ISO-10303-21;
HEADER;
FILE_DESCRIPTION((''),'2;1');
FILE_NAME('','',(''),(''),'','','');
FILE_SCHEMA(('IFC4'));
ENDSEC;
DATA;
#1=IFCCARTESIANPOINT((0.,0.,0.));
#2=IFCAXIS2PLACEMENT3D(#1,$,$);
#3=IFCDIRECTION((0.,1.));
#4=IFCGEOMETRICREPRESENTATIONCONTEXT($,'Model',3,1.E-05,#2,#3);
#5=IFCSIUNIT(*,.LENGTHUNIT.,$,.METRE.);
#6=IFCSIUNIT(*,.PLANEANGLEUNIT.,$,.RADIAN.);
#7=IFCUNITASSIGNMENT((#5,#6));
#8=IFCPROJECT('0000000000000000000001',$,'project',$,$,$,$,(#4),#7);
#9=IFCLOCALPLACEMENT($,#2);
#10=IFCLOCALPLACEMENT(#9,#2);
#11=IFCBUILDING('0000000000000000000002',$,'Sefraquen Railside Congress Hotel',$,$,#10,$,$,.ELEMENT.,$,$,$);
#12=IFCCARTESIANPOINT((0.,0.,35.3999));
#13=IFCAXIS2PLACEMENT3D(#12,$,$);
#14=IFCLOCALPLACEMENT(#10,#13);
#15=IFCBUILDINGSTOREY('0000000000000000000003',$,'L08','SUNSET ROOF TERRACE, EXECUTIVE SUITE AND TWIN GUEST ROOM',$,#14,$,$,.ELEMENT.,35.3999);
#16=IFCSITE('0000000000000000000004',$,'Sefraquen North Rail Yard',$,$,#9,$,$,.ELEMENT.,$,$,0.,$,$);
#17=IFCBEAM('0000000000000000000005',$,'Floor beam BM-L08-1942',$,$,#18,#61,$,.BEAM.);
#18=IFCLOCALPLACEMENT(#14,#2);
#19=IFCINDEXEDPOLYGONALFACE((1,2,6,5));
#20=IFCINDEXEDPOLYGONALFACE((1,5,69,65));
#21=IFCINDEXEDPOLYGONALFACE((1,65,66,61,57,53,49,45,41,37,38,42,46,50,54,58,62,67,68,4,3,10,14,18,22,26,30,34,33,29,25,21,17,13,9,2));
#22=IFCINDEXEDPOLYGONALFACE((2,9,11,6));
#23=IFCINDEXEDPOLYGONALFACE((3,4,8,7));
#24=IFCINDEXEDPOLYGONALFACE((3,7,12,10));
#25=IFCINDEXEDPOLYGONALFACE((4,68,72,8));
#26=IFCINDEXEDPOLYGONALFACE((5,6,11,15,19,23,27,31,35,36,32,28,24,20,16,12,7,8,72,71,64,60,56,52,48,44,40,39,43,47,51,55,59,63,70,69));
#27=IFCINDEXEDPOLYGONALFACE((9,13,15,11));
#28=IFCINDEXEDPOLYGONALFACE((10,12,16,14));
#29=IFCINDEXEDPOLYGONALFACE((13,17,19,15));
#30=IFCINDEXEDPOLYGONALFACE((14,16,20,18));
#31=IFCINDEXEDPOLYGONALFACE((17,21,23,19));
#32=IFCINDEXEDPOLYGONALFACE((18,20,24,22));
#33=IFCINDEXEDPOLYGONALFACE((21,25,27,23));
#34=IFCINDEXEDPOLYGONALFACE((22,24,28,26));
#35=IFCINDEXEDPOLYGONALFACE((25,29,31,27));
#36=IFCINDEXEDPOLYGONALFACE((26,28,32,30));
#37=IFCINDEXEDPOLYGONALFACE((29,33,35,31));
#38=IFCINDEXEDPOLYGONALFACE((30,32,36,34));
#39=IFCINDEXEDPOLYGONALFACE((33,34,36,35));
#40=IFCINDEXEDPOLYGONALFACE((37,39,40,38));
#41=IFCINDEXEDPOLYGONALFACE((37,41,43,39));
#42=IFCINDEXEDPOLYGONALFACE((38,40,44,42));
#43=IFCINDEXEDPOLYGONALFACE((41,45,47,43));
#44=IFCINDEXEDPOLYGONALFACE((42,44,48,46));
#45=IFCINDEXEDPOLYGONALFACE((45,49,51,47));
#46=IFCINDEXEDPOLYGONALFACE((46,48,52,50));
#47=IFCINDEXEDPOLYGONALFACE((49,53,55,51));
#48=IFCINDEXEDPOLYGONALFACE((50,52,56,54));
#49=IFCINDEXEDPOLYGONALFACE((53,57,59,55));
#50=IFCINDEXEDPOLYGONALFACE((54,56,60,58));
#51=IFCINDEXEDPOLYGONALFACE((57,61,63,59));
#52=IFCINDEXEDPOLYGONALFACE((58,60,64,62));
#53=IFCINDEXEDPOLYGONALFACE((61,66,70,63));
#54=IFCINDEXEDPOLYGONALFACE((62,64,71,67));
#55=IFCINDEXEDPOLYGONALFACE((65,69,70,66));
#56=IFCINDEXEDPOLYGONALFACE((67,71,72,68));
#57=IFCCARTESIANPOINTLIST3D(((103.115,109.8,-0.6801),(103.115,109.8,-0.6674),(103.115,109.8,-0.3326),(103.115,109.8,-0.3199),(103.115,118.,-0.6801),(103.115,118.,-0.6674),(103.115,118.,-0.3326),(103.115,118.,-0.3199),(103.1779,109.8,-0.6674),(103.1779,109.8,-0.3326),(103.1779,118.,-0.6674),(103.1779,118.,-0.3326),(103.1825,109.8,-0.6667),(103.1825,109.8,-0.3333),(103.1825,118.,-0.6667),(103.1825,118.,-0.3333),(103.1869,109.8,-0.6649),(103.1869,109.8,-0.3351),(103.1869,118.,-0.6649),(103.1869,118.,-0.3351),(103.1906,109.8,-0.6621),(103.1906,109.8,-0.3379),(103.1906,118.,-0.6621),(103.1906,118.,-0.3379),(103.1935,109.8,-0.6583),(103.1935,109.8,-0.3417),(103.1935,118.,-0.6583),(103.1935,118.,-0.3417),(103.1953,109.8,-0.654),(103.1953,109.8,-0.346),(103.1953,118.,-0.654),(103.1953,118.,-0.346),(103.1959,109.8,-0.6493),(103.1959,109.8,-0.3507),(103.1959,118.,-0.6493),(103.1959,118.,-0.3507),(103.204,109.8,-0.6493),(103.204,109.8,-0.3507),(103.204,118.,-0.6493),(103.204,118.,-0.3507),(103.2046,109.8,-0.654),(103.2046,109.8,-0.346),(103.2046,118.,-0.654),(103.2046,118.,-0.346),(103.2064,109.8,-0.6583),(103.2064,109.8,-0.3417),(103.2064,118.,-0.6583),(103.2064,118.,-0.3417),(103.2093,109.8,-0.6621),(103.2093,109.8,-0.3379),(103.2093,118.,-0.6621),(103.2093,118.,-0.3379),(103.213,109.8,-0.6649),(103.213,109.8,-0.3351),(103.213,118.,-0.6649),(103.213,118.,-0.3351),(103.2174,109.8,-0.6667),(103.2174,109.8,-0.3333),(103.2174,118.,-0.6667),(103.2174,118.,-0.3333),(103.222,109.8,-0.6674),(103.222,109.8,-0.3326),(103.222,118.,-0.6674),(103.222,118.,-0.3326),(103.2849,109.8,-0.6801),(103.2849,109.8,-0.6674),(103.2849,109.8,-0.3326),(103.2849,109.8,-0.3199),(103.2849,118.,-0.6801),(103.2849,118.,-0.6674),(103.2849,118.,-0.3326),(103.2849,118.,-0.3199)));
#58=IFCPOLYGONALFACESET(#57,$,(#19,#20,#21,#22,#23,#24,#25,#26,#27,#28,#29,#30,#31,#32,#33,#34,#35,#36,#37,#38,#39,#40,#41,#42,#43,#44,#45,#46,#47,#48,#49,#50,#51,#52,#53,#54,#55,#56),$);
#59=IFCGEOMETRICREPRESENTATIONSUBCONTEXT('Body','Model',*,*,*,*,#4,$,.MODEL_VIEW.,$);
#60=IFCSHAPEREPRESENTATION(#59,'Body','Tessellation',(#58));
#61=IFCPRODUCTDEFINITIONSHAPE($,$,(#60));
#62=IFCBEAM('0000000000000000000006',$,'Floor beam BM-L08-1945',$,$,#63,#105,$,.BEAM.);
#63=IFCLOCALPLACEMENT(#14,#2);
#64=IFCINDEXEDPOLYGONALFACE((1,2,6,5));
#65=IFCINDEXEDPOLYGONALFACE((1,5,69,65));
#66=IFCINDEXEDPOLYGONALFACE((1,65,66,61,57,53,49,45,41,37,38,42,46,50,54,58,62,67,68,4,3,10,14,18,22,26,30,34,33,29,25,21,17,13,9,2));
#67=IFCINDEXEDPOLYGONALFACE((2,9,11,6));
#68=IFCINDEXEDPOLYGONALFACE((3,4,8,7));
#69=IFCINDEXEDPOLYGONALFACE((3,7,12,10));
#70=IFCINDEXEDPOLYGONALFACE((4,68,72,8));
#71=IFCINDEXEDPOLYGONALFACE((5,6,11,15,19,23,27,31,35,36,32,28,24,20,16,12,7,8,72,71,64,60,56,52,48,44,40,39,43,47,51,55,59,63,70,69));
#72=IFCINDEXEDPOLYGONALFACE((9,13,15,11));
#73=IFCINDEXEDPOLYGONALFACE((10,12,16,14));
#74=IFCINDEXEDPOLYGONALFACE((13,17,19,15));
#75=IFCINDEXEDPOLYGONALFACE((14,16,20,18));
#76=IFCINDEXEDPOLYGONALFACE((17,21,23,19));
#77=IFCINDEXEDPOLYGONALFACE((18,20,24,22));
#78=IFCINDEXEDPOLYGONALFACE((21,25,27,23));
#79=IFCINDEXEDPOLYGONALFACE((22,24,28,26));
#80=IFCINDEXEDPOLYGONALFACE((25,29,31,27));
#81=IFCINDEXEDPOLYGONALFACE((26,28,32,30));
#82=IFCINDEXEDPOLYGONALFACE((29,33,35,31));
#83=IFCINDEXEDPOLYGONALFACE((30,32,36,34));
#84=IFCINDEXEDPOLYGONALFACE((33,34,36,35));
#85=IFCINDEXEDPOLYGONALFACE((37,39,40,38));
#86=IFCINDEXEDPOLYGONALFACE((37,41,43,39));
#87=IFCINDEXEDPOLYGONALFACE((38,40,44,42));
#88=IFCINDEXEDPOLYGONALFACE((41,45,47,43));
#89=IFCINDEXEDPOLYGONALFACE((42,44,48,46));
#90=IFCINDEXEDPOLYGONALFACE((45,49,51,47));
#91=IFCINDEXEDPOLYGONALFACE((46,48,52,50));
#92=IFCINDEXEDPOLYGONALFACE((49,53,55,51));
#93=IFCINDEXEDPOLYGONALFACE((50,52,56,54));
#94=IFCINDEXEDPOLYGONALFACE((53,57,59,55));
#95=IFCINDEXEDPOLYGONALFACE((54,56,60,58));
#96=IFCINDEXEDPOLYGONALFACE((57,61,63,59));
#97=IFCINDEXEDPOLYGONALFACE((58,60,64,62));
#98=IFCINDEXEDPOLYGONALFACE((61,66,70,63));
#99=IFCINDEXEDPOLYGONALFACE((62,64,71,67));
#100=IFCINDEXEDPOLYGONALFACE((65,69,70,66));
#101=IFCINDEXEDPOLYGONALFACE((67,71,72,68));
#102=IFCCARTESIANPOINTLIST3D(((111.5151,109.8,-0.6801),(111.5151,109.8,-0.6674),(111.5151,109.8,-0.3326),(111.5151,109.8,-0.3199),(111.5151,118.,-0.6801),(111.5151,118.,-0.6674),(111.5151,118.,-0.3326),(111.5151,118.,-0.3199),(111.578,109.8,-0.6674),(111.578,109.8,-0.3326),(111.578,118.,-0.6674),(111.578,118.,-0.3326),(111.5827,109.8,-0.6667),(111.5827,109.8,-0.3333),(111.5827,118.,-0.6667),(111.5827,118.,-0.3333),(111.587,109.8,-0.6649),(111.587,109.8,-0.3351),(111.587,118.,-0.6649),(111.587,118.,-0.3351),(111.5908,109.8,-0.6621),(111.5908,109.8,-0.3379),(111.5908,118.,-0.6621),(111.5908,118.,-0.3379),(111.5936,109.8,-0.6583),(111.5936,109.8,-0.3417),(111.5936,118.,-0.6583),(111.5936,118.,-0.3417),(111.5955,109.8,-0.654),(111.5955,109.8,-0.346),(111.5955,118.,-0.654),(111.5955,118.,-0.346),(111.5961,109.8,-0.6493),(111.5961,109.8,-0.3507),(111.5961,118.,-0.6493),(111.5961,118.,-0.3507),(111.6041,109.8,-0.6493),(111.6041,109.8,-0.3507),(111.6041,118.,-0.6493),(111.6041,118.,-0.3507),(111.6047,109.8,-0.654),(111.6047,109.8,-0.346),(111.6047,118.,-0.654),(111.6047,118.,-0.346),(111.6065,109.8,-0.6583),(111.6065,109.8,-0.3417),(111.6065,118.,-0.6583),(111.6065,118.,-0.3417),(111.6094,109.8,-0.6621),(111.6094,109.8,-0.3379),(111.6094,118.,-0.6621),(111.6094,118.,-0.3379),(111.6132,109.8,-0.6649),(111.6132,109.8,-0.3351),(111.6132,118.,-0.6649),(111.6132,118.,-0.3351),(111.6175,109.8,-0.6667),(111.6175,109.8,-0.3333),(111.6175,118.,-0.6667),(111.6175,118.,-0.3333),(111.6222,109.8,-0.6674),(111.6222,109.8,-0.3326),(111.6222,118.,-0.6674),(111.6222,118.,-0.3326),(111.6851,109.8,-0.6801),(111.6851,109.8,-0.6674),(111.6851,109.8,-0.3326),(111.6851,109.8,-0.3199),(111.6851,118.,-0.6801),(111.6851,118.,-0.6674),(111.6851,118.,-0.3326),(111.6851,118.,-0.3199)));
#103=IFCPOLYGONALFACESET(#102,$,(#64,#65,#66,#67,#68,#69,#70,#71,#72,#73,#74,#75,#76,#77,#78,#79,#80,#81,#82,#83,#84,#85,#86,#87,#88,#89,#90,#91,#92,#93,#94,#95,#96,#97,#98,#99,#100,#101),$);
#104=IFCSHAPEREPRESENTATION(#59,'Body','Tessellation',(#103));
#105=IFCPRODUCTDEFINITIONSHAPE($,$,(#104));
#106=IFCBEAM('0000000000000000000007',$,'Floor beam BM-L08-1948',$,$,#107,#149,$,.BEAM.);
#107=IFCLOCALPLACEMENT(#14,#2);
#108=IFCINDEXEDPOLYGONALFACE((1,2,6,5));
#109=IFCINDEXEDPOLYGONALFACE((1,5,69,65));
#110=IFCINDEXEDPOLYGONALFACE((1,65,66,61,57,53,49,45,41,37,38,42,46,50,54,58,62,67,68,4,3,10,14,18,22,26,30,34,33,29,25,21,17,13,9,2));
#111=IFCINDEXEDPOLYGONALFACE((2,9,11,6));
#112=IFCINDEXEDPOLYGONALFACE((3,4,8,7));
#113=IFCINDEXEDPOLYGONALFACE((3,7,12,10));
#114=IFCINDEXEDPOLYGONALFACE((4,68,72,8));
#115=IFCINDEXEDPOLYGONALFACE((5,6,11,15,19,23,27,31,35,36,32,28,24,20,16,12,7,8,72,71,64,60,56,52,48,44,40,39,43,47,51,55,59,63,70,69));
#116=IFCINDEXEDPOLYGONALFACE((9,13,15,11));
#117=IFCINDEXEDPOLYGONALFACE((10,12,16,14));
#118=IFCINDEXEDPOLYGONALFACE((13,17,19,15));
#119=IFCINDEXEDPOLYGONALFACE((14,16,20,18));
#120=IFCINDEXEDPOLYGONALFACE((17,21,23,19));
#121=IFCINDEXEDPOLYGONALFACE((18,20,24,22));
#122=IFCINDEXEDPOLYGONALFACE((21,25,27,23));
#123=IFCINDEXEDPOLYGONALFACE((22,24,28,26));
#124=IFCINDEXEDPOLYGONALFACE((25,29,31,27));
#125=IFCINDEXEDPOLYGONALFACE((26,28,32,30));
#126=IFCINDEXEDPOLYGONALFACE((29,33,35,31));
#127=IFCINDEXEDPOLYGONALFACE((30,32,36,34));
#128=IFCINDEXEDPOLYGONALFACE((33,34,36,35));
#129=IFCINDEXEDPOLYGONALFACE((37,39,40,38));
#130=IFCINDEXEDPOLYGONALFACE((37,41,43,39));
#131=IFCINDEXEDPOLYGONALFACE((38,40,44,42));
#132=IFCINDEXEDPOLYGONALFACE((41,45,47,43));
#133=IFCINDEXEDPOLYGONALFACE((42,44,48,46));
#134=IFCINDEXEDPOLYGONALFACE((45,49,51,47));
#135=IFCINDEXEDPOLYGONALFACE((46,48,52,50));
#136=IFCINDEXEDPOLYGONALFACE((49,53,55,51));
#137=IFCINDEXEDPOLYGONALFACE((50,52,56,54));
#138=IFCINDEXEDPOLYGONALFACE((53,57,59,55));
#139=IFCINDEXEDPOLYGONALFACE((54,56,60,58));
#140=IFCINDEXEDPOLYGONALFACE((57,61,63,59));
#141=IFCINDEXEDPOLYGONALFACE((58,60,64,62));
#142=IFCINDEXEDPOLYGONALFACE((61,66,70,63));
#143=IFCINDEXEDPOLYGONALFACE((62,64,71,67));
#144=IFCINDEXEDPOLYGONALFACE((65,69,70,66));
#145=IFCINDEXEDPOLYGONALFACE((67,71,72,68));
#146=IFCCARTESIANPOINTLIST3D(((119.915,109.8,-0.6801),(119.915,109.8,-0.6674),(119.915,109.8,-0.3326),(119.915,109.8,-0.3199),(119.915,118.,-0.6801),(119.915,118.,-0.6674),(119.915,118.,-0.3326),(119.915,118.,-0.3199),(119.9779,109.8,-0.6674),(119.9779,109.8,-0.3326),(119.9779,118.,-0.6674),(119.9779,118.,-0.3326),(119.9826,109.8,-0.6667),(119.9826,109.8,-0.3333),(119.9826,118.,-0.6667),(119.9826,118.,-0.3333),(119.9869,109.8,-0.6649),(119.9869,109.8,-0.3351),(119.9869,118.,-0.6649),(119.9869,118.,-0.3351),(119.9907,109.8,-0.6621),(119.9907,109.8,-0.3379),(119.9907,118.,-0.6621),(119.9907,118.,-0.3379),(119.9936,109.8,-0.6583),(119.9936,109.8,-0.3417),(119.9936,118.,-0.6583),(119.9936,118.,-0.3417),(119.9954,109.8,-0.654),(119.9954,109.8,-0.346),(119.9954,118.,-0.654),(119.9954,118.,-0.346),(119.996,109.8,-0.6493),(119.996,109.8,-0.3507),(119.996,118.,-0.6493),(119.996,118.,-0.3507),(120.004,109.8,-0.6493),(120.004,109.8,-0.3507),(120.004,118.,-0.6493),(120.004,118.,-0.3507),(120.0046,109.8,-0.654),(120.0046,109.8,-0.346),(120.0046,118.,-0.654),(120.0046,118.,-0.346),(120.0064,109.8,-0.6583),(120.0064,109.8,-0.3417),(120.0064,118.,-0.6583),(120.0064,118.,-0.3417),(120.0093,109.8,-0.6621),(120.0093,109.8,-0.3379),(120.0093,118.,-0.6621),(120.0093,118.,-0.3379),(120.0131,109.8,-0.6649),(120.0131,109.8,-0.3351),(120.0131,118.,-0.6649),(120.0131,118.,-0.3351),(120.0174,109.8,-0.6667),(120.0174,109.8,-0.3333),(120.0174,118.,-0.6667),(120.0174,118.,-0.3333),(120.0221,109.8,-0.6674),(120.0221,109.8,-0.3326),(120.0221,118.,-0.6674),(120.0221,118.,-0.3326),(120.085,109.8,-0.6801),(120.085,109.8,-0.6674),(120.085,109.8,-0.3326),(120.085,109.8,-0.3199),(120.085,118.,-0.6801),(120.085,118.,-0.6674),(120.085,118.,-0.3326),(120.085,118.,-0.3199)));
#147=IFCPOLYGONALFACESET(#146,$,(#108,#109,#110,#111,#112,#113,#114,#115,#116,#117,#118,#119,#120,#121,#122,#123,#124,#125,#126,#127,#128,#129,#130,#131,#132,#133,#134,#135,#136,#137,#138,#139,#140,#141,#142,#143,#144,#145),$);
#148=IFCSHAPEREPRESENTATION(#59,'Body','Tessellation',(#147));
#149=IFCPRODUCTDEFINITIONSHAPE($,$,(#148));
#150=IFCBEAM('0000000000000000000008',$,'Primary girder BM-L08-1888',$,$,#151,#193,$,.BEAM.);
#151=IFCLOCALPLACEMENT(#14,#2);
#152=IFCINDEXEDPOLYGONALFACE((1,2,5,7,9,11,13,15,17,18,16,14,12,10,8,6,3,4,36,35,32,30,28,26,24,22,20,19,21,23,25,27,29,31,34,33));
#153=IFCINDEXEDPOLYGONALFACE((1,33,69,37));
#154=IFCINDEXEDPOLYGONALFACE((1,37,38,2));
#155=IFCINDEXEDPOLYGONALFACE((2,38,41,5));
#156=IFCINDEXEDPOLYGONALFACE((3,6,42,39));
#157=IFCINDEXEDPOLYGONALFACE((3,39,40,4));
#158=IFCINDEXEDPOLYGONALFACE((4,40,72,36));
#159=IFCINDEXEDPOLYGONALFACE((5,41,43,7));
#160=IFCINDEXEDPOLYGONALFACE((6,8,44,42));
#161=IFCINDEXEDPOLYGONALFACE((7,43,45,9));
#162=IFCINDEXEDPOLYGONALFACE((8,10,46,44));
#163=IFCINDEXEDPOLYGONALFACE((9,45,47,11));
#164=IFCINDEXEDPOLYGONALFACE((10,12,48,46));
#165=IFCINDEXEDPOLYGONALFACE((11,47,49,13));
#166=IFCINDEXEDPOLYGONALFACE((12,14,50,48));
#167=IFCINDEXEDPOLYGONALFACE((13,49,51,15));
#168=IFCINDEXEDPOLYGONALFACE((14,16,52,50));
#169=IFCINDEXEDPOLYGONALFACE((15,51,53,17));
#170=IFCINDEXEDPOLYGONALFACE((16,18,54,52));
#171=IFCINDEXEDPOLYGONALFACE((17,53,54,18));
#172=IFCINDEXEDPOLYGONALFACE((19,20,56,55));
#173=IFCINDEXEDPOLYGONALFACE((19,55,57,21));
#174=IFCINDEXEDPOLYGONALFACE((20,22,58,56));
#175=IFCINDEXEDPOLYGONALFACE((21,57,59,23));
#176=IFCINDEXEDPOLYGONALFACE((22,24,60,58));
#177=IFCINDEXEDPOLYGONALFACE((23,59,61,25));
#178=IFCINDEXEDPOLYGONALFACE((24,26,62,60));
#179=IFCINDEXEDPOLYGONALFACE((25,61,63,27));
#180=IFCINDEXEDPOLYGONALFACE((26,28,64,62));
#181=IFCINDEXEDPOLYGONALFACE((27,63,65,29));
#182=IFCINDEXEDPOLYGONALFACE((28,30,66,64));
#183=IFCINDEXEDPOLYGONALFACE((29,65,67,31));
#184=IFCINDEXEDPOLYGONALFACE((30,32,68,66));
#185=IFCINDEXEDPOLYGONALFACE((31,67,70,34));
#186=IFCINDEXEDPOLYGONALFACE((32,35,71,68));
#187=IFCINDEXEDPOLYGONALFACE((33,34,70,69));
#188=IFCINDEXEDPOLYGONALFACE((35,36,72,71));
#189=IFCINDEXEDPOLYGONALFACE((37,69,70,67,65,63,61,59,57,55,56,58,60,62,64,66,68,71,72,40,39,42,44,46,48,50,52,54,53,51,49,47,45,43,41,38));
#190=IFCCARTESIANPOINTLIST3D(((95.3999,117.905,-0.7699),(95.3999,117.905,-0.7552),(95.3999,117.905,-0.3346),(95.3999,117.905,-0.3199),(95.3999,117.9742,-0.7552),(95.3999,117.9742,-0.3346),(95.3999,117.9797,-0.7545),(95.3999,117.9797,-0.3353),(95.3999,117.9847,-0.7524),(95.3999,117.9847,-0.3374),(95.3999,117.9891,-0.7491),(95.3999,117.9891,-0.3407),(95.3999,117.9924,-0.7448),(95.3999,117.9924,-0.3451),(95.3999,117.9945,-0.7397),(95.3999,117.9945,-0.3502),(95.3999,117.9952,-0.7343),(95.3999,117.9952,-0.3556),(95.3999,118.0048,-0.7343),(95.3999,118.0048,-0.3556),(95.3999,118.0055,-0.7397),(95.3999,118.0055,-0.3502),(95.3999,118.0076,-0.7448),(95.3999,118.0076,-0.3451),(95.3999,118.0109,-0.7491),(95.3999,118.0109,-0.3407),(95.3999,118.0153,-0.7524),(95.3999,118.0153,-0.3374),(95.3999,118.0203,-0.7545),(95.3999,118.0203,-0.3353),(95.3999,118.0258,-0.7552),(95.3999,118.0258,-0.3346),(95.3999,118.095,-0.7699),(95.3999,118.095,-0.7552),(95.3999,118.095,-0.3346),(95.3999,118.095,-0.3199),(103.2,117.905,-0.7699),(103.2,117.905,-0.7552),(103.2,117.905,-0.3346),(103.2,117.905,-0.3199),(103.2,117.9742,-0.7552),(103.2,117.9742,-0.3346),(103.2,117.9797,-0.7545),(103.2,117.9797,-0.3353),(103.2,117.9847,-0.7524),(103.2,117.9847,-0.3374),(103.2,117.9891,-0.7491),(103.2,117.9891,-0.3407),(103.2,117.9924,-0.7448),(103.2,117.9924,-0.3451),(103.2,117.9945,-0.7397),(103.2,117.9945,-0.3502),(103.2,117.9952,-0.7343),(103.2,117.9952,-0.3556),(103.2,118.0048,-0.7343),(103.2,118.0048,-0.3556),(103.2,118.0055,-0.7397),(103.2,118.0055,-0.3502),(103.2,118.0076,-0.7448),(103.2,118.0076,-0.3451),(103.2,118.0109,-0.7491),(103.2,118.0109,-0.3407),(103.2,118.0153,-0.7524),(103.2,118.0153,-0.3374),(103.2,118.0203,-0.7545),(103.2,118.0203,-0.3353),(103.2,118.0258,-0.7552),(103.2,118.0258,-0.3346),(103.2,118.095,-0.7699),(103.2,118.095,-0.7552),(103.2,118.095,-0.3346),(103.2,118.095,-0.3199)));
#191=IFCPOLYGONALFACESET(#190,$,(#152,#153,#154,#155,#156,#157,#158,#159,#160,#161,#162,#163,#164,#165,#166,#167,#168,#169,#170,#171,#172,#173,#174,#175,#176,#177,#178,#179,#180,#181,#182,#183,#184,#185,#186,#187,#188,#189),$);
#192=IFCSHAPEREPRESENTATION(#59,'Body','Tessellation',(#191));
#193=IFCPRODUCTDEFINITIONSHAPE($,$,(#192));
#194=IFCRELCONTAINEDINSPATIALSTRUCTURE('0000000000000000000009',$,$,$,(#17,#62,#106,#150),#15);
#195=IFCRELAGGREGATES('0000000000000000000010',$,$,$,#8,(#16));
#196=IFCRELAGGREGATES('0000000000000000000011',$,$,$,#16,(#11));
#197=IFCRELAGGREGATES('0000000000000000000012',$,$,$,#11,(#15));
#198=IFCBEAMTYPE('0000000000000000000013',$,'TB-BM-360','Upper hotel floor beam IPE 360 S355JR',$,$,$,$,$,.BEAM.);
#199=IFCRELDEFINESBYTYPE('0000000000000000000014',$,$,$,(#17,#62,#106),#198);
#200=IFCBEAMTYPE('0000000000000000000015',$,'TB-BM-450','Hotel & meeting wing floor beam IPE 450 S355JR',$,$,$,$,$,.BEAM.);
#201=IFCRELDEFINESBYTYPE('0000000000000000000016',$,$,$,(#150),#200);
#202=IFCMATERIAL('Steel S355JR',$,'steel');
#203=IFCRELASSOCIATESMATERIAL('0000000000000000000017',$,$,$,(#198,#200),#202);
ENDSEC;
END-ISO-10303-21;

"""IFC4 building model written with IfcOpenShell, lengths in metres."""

from ifc_helpers import new_model, si_unit, direction, frame, origin, origin_2d, place, context, subcontext, project, spatial, i_section, extrude, material, material_profile, profile_set, type_object, element, save


model = new_model("IFC4")

# Units and contexts
model_context = context("Model", 3, precision=1e-05, world=origin(), true_north=direction((0.0, 1.0)))
body_context = subcontext(model_context, "Body", "Model", "MODEL_VIEW")
ifc_project = project(units=[si_unit("LENGTHUNIT", "METRE"), si_unit("PLANEANGLEUNIT", "RADIAN")], contexts=[model_context])

# Site, building, storey
site_placement = place(None, origin())
site = spatial("IfcSite", under=ifc_project, at=site_placement, Name="Sefraquen North Rail Yard", CompositionType="ELEMENT", RefElevation=0.0)
building_placement = place(site_placement, origin())
building = spatial("IfcBuilding", under=site, at=building_placement, Name="Sefraquen Railside Congress Hotel", CompositionType="ELEMENT")
storey_placement = place(building_placement, frame((0.0, 0.0, 35.3999)))
storey = spatial("IfcBuildingStorey", under=building, at=storey_placement, Name="L08", Description="SUNSET ROOF TERRACE, EXECUTIVE SUITE AND TWIN GUEST ROOM", CompositionType="ELEMENT", Elevation=35.3999)

# Beams
ifc_material_1 = material(Name="Steel S355JR", Category="steel")
ifc_material_profile_1 = material_profile(ifc_material_1, i_section(OverallWidth=0.1699, OverallDepth=0.3601, WebThickness=0.0081, FlangeThickness=0.0127, FilletRadius=0.0181, at=origin_2d()), Name="IPE 360")
ifc_profile_set_1 = profile_set([ifc_material_profile_1], Name="Steel S355JR")
beam_type_1 = type_object("IfcBeamType", Name="TB-BM-360", Description="Upper hotel floor beam IPE 360 S355JR", PredefinedType="BEAM", material=ifc_profile_set_1)
for number, where, z_axis, x_axis, name in (
    (1, (103.2, 109.8, -0.5), (0.0, 1.0, 0.0), (-1.0, 0.0, 0.0), "Floor beam BM-L08-1942"),
    (2, (111.6001, 109.8, -0.5), (0.0, 1.0, 0.0), (-1.0, 0.0, 0.0), "Floor beam BM-L08-1945"),
    (3, (120.0, 109.8, -0.5), (0.0, 1.0, 0.0), (-1.0, 0.0, 0.0), "Floor beam BM-L08-1948"),
):
    element("IfcBeam", number, at=place(storey_placement, frame(where, z_axis=z_axis, x_axis=x_axis)), inside=storey, type_object=beam_type_1, Name=name, PredefinedType="BEAM", context=body_context, shape_type="SweptSolid", body=[
        extrude(i_section(OverallWidth=0.1699, OverallDepth=0.3601, WebThickness=0.0081, FlangeThickness=0.0127, FilletRadius=0.0181, at=origin_2d()), origin(), (0.0, 0.0, 1.0), 8.2),
    ])
ifc_material_profile_2 = material_profile(ifc_material_1, i_section(OverallWidth=0.1899, OverallDepth=0.45, WebThickness=0.0095, FlangeThickness=0.0146, FilletRadius=0.021, at=origin_2d()), Name="IPE 450")
ifc_profile_set_2 = profile_set([ifc_material_profile_2], Name="Steel S355JR")
beam_type_2 = type_object("IfcBeamType", Name="TB-BM-450", Description="Hotel & meeting wing floor beam IPE 450 S355JR", PredefinedType="BEAM", material=ifc_profile_set_2)
beam_1_placement = place(storey_placement, frame((95.3999, 118.0, -0.5449), z_axis=(1.0, 0.0, 0.0), x_axis=(0.0, 1.0, 0.0)))
element("IfcBeam", 4, at=beam_1_placement, inside=storey, type_object=beam_type_2, Name="Primary girder BM-L08-1888", PredefinedType="BEAM", context=body_context, shape_type="SweptSolid", body=[
    extrude(i_section(OverallWidth=0.1899, OverallDepth=0.45, WebThickness=0.0095, FlangeThickness=0.0146, FilletRadius=0.021, at=origin_2d()), origin(), (0.0, 0.0, 1.0), 7.8),
])

save(model, "model.ifc")
